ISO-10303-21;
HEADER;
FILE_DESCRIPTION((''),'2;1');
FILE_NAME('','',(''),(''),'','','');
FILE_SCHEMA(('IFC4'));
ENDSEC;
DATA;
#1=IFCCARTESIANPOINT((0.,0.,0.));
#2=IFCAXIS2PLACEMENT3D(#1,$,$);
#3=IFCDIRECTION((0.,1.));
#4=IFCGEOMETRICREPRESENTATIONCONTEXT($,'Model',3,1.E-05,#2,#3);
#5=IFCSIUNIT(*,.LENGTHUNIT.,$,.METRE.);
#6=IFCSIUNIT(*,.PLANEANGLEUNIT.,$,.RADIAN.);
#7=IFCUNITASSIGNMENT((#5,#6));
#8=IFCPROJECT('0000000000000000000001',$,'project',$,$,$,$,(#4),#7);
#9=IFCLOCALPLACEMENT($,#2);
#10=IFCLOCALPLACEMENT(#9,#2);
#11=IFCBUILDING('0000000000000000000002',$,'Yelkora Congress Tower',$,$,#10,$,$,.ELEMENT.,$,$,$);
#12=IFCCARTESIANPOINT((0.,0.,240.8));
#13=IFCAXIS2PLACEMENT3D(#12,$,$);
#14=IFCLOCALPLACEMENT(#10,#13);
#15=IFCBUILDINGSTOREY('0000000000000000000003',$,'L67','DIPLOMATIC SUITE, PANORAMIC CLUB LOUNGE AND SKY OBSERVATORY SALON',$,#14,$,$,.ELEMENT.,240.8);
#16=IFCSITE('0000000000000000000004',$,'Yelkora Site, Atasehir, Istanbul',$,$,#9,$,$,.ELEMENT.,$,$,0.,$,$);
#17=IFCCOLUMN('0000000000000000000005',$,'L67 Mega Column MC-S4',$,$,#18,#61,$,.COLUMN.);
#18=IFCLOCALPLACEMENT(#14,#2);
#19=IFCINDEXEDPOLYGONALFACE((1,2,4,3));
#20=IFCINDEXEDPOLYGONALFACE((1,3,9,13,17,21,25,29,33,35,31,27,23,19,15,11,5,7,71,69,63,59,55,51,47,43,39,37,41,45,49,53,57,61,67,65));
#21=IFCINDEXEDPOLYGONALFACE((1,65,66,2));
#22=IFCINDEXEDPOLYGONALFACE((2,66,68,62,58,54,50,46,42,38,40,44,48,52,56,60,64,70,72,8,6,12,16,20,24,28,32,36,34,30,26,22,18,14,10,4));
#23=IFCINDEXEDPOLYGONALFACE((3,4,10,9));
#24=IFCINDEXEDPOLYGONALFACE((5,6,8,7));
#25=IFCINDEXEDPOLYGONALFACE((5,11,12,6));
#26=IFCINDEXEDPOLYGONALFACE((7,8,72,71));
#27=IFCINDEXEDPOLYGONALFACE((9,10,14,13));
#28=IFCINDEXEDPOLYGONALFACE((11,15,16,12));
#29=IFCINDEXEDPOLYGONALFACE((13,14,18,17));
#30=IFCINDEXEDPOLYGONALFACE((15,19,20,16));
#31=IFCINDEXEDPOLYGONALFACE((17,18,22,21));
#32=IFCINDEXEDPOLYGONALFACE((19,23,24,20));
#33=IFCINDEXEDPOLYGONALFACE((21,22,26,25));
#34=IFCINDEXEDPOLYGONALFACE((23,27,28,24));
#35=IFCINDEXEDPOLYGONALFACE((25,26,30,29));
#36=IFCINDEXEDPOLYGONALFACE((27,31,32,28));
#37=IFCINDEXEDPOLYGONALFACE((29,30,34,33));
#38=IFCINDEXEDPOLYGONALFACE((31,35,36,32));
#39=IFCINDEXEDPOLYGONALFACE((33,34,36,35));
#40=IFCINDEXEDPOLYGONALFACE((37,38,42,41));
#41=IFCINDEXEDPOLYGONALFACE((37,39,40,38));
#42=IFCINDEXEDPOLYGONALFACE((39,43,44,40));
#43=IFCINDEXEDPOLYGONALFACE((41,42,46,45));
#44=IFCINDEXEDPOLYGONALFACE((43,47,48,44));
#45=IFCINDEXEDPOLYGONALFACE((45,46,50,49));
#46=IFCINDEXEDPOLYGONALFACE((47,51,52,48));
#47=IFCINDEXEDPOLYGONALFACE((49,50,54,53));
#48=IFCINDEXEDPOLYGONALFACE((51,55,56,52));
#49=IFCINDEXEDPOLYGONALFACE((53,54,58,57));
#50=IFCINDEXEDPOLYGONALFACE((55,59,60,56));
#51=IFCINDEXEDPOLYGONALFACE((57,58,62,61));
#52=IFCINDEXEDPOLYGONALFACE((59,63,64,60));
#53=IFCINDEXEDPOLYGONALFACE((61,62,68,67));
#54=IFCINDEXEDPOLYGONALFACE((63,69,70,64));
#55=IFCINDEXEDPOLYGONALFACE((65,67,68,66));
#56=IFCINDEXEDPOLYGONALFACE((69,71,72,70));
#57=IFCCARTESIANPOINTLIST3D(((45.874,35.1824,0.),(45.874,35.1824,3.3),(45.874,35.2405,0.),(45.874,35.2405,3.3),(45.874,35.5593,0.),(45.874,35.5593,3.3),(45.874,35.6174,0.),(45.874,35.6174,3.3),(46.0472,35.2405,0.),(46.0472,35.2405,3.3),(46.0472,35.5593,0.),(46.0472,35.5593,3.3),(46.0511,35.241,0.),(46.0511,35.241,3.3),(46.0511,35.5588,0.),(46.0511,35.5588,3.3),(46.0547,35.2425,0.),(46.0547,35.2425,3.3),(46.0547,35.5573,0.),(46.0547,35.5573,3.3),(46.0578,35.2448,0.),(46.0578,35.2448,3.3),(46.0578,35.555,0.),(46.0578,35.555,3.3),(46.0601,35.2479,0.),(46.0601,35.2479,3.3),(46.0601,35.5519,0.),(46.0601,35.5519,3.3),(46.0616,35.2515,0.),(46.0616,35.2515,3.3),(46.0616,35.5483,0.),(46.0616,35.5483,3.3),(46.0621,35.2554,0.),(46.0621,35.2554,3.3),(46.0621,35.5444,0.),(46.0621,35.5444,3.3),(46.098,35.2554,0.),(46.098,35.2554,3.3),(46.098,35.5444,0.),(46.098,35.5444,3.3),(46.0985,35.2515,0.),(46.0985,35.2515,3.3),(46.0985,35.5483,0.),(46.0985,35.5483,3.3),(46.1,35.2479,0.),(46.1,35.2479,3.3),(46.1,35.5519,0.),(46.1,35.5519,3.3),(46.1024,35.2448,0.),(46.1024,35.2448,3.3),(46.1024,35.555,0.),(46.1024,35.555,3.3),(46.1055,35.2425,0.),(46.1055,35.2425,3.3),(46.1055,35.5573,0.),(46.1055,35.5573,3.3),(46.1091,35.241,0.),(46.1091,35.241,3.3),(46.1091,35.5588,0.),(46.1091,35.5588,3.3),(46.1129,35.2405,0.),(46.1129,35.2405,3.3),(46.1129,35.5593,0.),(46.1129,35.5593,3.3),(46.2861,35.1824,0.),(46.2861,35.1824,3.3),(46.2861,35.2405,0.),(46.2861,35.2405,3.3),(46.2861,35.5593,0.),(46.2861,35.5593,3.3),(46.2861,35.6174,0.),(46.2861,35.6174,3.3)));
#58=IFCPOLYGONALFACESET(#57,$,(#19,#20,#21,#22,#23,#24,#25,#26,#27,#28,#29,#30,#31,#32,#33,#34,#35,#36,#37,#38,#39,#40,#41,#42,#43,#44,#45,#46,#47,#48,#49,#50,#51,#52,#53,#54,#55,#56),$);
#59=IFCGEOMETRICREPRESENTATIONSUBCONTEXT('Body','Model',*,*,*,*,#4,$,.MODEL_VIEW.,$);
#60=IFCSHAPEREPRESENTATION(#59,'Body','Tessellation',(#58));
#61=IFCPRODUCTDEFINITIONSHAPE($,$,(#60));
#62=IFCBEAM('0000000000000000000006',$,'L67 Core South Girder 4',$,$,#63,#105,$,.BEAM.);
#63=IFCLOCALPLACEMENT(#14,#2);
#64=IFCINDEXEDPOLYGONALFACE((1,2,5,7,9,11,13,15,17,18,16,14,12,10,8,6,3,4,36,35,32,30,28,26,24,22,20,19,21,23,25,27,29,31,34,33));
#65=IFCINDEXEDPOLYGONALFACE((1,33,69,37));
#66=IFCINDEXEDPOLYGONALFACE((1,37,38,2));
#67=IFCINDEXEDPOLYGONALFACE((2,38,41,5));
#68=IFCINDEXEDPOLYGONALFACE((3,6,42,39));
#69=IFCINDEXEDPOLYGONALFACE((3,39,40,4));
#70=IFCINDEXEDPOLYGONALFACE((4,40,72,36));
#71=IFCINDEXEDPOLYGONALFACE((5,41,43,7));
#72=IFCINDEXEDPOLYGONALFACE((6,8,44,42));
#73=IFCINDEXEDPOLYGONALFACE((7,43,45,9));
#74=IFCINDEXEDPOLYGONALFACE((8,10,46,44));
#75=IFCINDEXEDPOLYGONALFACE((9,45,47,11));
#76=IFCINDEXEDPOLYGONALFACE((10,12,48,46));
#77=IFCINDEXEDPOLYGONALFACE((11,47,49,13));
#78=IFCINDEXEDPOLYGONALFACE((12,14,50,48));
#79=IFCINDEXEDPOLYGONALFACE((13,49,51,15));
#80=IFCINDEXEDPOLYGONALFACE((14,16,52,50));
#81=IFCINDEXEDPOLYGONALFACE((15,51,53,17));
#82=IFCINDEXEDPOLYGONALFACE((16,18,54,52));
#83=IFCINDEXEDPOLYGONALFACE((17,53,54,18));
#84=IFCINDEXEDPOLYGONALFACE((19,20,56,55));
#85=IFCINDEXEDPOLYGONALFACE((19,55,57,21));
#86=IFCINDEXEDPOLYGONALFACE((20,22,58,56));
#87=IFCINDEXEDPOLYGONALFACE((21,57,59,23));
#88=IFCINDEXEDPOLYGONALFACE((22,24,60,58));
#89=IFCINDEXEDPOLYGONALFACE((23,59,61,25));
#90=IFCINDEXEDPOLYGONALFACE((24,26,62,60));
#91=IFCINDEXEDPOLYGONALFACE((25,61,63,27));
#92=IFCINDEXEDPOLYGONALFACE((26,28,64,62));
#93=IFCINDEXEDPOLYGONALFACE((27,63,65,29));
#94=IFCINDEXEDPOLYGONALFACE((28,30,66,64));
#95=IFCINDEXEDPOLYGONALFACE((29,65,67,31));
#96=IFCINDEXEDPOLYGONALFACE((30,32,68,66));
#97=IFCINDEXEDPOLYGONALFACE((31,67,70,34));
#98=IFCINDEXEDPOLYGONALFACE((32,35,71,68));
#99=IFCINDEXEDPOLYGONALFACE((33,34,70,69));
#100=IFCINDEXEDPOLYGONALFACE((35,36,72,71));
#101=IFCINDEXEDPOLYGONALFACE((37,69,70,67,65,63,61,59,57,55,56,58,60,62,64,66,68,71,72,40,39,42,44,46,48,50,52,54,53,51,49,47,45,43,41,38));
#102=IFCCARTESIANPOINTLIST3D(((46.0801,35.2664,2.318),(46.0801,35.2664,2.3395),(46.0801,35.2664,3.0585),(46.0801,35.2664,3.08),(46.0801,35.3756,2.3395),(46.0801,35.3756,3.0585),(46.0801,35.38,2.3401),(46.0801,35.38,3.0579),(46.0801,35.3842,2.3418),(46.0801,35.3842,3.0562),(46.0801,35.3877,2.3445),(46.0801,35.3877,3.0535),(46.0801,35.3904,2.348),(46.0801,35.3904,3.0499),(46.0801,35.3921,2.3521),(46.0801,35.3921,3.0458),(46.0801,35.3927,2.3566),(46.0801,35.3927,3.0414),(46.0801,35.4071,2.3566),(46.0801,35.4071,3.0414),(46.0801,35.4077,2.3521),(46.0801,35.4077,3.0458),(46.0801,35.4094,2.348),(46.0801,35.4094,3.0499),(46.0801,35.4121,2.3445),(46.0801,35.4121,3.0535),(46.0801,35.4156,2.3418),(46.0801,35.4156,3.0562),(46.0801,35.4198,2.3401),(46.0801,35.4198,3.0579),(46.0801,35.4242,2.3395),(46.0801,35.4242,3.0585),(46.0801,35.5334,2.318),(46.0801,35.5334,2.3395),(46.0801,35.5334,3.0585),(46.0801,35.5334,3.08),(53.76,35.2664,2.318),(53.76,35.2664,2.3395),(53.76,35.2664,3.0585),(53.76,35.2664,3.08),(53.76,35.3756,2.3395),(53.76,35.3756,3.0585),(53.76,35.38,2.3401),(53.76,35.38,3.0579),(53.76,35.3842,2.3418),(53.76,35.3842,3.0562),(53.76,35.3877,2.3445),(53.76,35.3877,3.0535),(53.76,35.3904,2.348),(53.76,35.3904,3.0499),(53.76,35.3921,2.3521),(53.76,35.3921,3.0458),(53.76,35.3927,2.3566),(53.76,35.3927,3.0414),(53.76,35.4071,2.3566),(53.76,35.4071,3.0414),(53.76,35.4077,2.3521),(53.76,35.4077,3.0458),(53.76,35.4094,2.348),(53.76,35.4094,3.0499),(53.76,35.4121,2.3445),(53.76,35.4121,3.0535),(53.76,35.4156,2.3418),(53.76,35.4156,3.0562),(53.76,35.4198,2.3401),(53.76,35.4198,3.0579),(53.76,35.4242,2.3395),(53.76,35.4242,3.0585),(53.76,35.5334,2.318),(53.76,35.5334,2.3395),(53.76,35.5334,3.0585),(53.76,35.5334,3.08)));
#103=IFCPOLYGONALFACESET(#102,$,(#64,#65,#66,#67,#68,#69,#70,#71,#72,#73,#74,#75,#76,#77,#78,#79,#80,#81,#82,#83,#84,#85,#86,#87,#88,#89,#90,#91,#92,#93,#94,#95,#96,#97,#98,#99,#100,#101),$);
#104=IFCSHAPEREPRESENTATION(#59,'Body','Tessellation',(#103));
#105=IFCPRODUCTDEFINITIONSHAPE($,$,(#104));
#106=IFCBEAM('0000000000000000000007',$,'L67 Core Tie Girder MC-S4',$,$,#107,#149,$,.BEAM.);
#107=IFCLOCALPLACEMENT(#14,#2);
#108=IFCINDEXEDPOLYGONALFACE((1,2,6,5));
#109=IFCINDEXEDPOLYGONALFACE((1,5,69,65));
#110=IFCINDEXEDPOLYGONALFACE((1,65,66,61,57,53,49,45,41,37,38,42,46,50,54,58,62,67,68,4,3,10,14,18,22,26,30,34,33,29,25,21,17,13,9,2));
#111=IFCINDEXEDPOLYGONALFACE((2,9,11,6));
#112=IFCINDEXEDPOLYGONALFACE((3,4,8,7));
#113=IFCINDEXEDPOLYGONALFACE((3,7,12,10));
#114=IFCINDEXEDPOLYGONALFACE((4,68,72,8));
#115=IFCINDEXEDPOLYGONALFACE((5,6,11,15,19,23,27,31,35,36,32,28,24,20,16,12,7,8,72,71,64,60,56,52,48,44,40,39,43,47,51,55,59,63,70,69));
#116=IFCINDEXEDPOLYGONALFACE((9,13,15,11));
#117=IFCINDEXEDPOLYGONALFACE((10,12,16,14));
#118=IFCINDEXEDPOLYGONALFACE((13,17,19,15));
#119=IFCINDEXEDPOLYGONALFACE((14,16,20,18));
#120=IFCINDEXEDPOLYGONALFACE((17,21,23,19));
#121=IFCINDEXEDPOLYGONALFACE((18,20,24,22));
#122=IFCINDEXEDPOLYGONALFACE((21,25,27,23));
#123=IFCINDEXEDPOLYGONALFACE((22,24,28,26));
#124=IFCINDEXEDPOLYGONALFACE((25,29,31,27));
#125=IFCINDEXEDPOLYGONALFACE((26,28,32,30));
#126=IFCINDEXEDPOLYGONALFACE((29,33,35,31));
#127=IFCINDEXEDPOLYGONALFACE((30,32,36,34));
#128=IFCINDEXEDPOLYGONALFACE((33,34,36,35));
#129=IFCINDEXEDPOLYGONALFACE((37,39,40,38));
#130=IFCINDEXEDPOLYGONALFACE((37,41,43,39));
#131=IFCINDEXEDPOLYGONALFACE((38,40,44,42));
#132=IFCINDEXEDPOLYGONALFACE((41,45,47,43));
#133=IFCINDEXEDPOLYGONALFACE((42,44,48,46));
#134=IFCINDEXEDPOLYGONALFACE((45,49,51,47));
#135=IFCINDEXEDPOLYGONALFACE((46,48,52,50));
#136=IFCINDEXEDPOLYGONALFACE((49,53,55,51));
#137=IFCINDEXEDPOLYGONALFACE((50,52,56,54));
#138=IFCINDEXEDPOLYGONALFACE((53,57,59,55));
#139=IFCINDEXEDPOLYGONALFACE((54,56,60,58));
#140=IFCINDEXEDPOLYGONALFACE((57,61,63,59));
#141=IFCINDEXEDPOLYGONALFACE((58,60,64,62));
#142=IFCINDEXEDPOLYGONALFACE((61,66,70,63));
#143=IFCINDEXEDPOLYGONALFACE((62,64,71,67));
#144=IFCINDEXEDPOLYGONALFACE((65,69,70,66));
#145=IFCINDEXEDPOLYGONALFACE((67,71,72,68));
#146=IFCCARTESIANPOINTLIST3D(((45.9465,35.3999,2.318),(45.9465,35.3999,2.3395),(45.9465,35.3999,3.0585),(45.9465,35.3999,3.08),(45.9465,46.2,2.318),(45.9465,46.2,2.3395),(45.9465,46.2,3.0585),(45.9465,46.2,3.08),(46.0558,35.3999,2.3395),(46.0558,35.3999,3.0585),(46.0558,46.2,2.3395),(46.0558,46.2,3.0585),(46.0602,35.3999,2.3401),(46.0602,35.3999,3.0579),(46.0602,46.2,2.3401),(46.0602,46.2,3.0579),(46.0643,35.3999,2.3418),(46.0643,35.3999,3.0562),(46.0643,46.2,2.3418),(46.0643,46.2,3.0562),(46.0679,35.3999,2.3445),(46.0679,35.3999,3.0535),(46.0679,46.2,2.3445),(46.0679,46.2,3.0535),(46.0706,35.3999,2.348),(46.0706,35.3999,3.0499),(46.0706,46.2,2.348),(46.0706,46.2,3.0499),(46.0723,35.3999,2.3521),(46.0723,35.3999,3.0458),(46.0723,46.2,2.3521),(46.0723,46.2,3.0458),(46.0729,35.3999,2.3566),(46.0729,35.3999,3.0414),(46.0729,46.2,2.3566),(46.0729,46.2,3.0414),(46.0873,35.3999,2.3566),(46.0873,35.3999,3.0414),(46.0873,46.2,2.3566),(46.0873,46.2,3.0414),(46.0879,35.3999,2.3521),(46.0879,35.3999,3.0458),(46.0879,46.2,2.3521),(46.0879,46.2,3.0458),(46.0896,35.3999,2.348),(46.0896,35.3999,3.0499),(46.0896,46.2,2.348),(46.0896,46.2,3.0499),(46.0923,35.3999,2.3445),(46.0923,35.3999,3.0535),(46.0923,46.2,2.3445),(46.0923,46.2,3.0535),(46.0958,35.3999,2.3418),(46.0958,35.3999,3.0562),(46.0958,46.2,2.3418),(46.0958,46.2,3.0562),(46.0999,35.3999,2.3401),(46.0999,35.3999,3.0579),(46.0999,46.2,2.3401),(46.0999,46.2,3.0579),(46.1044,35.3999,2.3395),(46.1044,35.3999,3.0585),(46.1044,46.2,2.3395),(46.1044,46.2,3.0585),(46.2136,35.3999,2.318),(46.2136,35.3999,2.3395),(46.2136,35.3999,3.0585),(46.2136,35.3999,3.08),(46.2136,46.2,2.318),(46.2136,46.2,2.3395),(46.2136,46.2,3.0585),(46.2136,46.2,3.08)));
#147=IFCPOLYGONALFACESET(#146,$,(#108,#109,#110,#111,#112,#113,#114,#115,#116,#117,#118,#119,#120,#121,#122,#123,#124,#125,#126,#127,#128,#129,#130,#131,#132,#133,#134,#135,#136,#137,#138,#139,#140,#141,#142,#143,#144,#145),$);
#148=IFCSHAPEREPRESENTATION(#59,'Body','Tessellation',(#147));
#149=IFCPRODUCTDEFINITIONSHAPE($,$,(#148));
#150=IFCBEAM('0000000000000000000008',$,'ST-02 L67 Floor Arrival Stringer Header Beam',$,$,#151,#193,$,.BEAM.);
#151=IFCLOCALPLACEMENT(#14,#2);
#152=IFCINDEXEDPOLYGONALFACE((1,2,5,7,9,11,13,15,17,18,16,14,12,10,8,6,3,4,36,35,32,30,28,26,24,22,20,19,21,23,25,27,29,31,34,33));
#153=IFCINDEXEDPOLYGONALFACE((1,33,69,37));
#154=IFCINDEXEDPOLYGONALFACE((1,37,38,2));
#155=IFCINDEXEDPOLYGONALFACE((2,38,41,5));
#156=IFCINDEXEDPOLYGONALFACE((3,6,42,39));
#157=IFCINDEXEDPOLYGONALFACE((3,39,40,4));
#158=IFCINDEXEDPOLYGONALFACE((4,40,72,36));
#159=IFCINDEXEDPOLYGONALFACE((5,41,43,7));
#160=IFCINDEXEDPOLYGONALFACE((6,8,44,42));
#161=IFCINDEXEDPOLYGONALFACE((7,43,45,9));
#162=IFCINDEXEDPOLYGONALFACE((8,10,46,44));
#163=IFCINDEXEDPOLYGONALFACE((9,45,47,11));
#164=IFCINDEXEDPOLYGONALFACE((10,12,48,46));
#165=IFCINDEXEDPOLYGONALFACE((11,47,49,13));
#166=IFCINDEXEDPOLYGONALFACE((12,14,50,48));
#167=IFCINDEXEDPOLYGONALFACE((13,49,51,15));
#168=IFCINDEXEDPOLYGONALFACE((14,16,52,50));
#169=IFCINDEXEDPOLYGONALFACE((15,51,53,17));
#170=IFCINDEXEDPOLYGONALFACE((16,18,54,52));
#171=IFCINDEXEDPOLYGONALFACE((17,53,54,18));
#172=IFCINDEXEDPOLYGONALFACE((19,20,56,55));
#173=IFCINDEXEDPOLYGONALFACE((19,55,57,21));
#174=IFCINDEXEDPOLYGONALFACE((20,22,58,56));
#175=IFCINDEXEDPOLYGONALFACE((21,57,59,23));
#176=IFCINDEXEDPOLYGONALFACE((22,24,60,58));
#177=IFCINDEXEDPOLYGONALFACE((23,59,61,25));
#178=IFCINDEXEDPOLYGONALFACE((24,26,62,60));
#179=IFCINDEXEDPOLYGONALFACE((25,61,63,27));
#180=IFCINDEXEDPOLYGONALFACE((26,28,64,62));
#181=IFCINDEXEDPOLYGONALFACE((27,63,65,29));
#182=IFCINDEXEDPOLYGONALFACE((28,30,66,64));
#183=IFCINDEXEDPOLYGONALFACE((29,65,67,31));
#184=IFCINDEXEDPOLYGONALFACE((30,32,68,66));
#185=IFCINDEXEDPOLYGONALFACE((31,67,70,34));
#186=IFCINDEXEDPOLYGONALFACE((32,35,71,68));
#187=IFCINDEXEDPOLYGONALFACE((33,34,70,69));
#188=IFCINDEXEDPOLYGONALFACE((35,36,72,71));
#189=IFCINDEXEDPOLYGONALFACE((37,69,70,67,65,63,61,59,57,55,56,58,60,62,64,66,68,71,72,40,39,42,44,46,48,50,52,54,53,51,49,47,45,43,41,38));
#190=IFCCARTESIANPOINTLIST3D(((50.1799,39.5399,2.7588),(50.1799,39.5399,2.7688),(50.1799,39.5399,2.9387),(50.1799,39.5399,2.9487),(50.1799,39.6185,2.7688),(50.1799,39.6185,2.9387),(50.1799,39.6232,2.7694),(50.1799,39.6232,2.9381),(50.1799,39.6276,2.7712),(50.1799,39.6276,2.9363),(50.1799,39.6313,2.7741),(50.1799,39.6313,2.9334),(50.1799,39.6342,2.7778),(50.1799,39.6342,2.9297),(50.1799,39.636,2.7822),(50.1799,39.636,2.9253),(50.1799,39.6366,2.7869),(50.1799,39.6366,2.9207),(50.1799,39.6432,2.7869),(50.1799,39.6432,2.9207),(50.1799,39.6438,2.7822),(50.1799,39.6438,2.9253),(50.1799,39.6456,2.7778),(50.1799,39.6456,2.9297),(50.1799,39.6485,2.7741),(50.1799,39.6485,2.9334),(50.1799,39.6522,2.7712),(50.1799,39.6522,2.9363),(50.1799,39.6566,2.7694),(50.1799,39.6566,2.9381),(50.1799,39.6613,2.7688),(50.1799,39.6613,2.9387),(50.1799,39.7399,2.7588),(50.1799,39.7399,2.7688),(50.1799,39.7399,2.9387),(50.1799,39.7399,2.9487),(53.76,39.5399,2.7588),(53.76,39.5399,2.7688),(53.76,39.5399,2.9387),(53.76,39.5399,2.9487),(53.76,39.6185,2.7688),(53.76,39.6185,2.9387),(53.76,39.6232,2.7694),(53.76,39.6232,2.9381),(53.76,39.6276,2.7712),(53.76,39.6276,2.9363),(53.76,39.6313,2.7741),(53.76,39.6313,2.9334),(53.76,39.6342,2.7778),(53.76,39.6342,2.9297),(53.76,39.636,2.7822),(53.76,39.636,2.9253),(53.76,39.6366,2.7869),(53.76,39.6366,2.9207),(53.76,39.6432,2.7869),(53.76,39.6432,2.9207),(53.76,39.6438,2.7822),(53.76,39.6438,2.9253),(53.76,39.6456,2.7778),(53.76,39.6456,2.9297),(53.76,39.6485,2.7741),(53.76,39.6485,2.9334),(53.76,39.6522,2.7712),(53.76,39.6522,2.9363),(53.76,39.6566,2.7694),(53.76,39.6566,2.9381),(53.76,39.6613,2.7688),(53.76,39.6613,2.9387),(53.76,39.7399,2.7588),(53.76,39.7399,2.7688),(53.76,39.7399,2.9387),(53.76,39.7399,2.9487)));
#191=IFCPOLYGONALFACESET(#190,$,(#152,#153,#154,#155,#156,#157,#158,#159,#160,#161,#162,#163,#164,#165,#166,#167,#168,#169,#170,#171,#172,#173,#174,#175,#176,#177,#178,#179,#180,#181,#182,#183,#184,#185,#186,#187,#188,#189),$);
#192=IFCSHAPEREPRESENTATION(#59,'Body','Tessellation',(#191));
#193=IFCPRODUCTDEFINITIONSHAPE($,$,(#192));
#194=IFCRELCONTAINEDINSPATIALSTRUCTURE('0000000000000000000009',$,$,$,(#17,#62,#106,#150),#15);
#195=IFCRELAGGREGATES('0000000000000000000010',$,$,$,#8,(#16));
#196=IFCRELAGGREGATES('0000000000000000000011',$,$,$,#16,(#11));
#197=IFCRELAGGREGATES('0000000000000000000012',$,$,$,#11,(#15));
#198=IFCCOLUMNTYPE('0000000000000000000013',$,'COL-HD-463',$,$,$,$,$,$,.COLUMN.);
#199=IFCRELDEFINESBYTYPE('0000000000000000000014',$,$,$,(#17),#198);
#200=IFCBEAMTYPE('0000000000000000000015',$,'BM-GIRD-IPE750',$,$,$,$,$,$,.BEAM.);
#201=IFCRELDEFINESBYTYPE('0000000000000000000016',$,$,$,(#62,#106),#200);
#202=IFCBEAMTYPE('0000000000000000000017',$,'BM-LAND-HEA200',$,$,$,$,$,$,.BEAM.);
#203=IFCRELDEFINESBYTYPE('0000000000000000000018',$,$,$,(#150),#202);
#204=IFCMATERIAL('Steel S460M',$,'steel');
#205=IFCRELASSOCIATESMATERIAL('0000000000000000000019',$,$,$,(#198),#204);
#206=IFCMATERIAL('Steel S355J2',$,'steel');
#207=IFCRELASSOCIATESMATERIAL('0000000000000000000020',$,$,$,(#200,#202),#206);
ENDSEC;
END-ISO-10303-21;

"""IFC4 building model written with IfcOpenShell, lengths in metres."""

from ifc_helpers import new_model, si_unit, direction, frame, origin, origin_2d, place, context, subcontext, project, spatial, i_section, extrude, material, material_profile, profile_set, type_object, element, save


model = new_model("IFC4")

# Units and contexts
model_context = context("Model", 3, precision=1e-05, world=origin(), true_north=direction((0.0, 1.0)))
body_context = subcontext(model_context, "Body", "Model", "MODEL_VIEW")
ifc_project = project(units=[si_unit("LENGTHUNIT", "METRE"), si_unit("PLANEANGLEUNIT", "RADIAN")], contexts=[model_context])

# Site, building, storey
site_placement = place(None, origin())
site = spatial("IfcSite", under=ifc_project, at=site_placement, Name="Yelkora Site, Atasehir, Istanbul", CompositionType="ELEMENT", RefElevation=0.0)
building_placement = place(site_placement, origin())
building = spatial("IfcBuilding", under=site, at=building_placement, Name="Yelkora Congress Tower", CompositionType="ELEMENT")
storey_placement = place(building_placement, frame((0.0, 0.0, 240.8)))
storey = spatial("IfcBuildingStorey", under=building, at=storey_placement, Name="L67", Description="DIPLOMATIC SUITE, PANORAMIC CLUB LOUNGE AND SKY OBSERVATORY SALON", CompositionType="ELEMENT", Elevation=240.8)

# Column
ifc_material_1 = material(Name="Steel S460M", Category="steel")
ifc_material_profile_1 = material_profile(ifc_material_1, i_section(OverallWidth=0.4121, OverallDepth=0.4351, WebThickness=0.0359, FlangeThickness=0.0581, FilletRadius=0.0149, at=origin_2d()), Name="HD 400x463")
ifc_profile_set_1 = profile_set([ifc_material_profile_1], Name="Steel S460M")
column_type = type_object("IfcColumnType", Name="COL-HD-463", PredefinedType="COLUMN", material=ifc_profile_set_1)
column_placement = place(storey_placement, frame((46.0801, 35.3999, 0.0), z_axis=(0.0, 0.0, 1.0), x_axis=(1.0, 0.0, 0.0)))
element("IfcColumn", 1, at=column_placement, inside=storey, type_object=column_type, Name="L67 Mega Column MC-S4", PredefinedType="COLUMN", context=body_context, shape_type="SweptSolid", body=[
    extrude(i_section(OverallWidth=0.4121, OverallDepth=0.4351, WebThickness=0.0359, FlangeThickness=0.0581, FilletRadius=0.0149, at=origin_2d()), origin(), (0.0, 0.0, 1.0), 3.3),
])

# Beams
ifc_material_2 = material(Name="Steel S355J2", Category="steel")
ifc_material_profile_2 = material_profile(ifc_material_2, i_section(OverallWidth=0.2671, OverallDepth=0.762, WebThickness=0.0144, FlangeThickness=0.0215, FilletRadius=0.0171, at=origin_2d()), Name="IPE 750x173")
ifc_profile_set_2 = profile_set([ifc_material_profile_2], Name="Steel S355J2")
beam_type_1 = type_object("IfcBeamType", Name="BM-GIRD-IPE750", PredefinedType="BEAM", material=ifc_profile_set_2)
beam_1_placement = place(storey_placement, frame((46.0801, 35.3999, 2.699), z_axis=(1.0, 0.0, 0.0), x_axis=(0.0, 1.0, 0.0)))
element("IfcBeam", 2, at=beam_1_placement, inside=storey, type_object=beam_type_1, Name="L67 Core South Girder 4", PredefinedType="BEAM", context=body_context, shape_type="SweptSolid", body=[
    extrude(i_section(OverallWidth=0.2671, OverallDepth=0.762, WebThickness=0.0144, FlangeThickness=0.0215, FilletRadius=0.0171, at=origin_2d()), origin(), (0.0, 0.0, 1.0), 7.6799),
])
beam_2_placement = place(storey_placement, frame((46.0801, 35.3999, 2.699), z_axis=(0.0, 1.0, 0.0), x_axis=(-1.0, 0.0, 0.0)))
element("IfcBeam", 3, at=beam_2_placement, inside=storey, type_object=beam_type_1, Name="L67 Core Tie Girder MC-S4", PredefinedType="BEAM", context=body_context, shape_type="SweptSolid", body=[
    extrude(i_section(OverallWidth=0.2671, OverallDepth=0.762, WebThickness=0.0144, FlangeThickness=0.0215, FilletRadius=0.0171, at=origin_2d()), origin(), (0.0, 0.0, 1.0), 10.8),
])
ifc_material_profile_3 = material_profile(ifc_material_2, i_section(OverallWidth=0.2, OverallDepth=0.1899, WebThickness=0.0066, FlangeThickness=0.01, FilletRadius=0.0181, at=origin_2d()), Name="HEA 200")
ifc_profile_set_3 = profile_set([ifc_material_profile_3], Name="Steel S355J2")
beam_type_2 = type_object("IfcBeamType", Name="BM-LAND-HEA200", PredefinedType="BEAM", material=ifc_profile_set_3)
beam_3_placement = place(storey_placement, frame((50.1799, 39.6399, 2.8538), z_axis=(1.0, 0.0, 0.0), x_axis=(0.0, 1.0, 0.0)))
element("IfcBeam", 4, at=beam_3_placement, inside=storey, type_object=beam_type_2, Name="ST-02 L67 Floor Arrival Stringer Header Beam", PredefinedType="BEAM", context=body_context, shape_type="SweptSolid", body=[
    extrude(i_section(OverallWidth=0.2, OverallDepth=0.1899, WebThickness=0.0066, FlangeThickness=0.01, FilletRadius=0.0181, at=origin_2d()), origin(), (0.0, 0.0, 1.0), 3.5801),
])

save(model, "model.ifc")
